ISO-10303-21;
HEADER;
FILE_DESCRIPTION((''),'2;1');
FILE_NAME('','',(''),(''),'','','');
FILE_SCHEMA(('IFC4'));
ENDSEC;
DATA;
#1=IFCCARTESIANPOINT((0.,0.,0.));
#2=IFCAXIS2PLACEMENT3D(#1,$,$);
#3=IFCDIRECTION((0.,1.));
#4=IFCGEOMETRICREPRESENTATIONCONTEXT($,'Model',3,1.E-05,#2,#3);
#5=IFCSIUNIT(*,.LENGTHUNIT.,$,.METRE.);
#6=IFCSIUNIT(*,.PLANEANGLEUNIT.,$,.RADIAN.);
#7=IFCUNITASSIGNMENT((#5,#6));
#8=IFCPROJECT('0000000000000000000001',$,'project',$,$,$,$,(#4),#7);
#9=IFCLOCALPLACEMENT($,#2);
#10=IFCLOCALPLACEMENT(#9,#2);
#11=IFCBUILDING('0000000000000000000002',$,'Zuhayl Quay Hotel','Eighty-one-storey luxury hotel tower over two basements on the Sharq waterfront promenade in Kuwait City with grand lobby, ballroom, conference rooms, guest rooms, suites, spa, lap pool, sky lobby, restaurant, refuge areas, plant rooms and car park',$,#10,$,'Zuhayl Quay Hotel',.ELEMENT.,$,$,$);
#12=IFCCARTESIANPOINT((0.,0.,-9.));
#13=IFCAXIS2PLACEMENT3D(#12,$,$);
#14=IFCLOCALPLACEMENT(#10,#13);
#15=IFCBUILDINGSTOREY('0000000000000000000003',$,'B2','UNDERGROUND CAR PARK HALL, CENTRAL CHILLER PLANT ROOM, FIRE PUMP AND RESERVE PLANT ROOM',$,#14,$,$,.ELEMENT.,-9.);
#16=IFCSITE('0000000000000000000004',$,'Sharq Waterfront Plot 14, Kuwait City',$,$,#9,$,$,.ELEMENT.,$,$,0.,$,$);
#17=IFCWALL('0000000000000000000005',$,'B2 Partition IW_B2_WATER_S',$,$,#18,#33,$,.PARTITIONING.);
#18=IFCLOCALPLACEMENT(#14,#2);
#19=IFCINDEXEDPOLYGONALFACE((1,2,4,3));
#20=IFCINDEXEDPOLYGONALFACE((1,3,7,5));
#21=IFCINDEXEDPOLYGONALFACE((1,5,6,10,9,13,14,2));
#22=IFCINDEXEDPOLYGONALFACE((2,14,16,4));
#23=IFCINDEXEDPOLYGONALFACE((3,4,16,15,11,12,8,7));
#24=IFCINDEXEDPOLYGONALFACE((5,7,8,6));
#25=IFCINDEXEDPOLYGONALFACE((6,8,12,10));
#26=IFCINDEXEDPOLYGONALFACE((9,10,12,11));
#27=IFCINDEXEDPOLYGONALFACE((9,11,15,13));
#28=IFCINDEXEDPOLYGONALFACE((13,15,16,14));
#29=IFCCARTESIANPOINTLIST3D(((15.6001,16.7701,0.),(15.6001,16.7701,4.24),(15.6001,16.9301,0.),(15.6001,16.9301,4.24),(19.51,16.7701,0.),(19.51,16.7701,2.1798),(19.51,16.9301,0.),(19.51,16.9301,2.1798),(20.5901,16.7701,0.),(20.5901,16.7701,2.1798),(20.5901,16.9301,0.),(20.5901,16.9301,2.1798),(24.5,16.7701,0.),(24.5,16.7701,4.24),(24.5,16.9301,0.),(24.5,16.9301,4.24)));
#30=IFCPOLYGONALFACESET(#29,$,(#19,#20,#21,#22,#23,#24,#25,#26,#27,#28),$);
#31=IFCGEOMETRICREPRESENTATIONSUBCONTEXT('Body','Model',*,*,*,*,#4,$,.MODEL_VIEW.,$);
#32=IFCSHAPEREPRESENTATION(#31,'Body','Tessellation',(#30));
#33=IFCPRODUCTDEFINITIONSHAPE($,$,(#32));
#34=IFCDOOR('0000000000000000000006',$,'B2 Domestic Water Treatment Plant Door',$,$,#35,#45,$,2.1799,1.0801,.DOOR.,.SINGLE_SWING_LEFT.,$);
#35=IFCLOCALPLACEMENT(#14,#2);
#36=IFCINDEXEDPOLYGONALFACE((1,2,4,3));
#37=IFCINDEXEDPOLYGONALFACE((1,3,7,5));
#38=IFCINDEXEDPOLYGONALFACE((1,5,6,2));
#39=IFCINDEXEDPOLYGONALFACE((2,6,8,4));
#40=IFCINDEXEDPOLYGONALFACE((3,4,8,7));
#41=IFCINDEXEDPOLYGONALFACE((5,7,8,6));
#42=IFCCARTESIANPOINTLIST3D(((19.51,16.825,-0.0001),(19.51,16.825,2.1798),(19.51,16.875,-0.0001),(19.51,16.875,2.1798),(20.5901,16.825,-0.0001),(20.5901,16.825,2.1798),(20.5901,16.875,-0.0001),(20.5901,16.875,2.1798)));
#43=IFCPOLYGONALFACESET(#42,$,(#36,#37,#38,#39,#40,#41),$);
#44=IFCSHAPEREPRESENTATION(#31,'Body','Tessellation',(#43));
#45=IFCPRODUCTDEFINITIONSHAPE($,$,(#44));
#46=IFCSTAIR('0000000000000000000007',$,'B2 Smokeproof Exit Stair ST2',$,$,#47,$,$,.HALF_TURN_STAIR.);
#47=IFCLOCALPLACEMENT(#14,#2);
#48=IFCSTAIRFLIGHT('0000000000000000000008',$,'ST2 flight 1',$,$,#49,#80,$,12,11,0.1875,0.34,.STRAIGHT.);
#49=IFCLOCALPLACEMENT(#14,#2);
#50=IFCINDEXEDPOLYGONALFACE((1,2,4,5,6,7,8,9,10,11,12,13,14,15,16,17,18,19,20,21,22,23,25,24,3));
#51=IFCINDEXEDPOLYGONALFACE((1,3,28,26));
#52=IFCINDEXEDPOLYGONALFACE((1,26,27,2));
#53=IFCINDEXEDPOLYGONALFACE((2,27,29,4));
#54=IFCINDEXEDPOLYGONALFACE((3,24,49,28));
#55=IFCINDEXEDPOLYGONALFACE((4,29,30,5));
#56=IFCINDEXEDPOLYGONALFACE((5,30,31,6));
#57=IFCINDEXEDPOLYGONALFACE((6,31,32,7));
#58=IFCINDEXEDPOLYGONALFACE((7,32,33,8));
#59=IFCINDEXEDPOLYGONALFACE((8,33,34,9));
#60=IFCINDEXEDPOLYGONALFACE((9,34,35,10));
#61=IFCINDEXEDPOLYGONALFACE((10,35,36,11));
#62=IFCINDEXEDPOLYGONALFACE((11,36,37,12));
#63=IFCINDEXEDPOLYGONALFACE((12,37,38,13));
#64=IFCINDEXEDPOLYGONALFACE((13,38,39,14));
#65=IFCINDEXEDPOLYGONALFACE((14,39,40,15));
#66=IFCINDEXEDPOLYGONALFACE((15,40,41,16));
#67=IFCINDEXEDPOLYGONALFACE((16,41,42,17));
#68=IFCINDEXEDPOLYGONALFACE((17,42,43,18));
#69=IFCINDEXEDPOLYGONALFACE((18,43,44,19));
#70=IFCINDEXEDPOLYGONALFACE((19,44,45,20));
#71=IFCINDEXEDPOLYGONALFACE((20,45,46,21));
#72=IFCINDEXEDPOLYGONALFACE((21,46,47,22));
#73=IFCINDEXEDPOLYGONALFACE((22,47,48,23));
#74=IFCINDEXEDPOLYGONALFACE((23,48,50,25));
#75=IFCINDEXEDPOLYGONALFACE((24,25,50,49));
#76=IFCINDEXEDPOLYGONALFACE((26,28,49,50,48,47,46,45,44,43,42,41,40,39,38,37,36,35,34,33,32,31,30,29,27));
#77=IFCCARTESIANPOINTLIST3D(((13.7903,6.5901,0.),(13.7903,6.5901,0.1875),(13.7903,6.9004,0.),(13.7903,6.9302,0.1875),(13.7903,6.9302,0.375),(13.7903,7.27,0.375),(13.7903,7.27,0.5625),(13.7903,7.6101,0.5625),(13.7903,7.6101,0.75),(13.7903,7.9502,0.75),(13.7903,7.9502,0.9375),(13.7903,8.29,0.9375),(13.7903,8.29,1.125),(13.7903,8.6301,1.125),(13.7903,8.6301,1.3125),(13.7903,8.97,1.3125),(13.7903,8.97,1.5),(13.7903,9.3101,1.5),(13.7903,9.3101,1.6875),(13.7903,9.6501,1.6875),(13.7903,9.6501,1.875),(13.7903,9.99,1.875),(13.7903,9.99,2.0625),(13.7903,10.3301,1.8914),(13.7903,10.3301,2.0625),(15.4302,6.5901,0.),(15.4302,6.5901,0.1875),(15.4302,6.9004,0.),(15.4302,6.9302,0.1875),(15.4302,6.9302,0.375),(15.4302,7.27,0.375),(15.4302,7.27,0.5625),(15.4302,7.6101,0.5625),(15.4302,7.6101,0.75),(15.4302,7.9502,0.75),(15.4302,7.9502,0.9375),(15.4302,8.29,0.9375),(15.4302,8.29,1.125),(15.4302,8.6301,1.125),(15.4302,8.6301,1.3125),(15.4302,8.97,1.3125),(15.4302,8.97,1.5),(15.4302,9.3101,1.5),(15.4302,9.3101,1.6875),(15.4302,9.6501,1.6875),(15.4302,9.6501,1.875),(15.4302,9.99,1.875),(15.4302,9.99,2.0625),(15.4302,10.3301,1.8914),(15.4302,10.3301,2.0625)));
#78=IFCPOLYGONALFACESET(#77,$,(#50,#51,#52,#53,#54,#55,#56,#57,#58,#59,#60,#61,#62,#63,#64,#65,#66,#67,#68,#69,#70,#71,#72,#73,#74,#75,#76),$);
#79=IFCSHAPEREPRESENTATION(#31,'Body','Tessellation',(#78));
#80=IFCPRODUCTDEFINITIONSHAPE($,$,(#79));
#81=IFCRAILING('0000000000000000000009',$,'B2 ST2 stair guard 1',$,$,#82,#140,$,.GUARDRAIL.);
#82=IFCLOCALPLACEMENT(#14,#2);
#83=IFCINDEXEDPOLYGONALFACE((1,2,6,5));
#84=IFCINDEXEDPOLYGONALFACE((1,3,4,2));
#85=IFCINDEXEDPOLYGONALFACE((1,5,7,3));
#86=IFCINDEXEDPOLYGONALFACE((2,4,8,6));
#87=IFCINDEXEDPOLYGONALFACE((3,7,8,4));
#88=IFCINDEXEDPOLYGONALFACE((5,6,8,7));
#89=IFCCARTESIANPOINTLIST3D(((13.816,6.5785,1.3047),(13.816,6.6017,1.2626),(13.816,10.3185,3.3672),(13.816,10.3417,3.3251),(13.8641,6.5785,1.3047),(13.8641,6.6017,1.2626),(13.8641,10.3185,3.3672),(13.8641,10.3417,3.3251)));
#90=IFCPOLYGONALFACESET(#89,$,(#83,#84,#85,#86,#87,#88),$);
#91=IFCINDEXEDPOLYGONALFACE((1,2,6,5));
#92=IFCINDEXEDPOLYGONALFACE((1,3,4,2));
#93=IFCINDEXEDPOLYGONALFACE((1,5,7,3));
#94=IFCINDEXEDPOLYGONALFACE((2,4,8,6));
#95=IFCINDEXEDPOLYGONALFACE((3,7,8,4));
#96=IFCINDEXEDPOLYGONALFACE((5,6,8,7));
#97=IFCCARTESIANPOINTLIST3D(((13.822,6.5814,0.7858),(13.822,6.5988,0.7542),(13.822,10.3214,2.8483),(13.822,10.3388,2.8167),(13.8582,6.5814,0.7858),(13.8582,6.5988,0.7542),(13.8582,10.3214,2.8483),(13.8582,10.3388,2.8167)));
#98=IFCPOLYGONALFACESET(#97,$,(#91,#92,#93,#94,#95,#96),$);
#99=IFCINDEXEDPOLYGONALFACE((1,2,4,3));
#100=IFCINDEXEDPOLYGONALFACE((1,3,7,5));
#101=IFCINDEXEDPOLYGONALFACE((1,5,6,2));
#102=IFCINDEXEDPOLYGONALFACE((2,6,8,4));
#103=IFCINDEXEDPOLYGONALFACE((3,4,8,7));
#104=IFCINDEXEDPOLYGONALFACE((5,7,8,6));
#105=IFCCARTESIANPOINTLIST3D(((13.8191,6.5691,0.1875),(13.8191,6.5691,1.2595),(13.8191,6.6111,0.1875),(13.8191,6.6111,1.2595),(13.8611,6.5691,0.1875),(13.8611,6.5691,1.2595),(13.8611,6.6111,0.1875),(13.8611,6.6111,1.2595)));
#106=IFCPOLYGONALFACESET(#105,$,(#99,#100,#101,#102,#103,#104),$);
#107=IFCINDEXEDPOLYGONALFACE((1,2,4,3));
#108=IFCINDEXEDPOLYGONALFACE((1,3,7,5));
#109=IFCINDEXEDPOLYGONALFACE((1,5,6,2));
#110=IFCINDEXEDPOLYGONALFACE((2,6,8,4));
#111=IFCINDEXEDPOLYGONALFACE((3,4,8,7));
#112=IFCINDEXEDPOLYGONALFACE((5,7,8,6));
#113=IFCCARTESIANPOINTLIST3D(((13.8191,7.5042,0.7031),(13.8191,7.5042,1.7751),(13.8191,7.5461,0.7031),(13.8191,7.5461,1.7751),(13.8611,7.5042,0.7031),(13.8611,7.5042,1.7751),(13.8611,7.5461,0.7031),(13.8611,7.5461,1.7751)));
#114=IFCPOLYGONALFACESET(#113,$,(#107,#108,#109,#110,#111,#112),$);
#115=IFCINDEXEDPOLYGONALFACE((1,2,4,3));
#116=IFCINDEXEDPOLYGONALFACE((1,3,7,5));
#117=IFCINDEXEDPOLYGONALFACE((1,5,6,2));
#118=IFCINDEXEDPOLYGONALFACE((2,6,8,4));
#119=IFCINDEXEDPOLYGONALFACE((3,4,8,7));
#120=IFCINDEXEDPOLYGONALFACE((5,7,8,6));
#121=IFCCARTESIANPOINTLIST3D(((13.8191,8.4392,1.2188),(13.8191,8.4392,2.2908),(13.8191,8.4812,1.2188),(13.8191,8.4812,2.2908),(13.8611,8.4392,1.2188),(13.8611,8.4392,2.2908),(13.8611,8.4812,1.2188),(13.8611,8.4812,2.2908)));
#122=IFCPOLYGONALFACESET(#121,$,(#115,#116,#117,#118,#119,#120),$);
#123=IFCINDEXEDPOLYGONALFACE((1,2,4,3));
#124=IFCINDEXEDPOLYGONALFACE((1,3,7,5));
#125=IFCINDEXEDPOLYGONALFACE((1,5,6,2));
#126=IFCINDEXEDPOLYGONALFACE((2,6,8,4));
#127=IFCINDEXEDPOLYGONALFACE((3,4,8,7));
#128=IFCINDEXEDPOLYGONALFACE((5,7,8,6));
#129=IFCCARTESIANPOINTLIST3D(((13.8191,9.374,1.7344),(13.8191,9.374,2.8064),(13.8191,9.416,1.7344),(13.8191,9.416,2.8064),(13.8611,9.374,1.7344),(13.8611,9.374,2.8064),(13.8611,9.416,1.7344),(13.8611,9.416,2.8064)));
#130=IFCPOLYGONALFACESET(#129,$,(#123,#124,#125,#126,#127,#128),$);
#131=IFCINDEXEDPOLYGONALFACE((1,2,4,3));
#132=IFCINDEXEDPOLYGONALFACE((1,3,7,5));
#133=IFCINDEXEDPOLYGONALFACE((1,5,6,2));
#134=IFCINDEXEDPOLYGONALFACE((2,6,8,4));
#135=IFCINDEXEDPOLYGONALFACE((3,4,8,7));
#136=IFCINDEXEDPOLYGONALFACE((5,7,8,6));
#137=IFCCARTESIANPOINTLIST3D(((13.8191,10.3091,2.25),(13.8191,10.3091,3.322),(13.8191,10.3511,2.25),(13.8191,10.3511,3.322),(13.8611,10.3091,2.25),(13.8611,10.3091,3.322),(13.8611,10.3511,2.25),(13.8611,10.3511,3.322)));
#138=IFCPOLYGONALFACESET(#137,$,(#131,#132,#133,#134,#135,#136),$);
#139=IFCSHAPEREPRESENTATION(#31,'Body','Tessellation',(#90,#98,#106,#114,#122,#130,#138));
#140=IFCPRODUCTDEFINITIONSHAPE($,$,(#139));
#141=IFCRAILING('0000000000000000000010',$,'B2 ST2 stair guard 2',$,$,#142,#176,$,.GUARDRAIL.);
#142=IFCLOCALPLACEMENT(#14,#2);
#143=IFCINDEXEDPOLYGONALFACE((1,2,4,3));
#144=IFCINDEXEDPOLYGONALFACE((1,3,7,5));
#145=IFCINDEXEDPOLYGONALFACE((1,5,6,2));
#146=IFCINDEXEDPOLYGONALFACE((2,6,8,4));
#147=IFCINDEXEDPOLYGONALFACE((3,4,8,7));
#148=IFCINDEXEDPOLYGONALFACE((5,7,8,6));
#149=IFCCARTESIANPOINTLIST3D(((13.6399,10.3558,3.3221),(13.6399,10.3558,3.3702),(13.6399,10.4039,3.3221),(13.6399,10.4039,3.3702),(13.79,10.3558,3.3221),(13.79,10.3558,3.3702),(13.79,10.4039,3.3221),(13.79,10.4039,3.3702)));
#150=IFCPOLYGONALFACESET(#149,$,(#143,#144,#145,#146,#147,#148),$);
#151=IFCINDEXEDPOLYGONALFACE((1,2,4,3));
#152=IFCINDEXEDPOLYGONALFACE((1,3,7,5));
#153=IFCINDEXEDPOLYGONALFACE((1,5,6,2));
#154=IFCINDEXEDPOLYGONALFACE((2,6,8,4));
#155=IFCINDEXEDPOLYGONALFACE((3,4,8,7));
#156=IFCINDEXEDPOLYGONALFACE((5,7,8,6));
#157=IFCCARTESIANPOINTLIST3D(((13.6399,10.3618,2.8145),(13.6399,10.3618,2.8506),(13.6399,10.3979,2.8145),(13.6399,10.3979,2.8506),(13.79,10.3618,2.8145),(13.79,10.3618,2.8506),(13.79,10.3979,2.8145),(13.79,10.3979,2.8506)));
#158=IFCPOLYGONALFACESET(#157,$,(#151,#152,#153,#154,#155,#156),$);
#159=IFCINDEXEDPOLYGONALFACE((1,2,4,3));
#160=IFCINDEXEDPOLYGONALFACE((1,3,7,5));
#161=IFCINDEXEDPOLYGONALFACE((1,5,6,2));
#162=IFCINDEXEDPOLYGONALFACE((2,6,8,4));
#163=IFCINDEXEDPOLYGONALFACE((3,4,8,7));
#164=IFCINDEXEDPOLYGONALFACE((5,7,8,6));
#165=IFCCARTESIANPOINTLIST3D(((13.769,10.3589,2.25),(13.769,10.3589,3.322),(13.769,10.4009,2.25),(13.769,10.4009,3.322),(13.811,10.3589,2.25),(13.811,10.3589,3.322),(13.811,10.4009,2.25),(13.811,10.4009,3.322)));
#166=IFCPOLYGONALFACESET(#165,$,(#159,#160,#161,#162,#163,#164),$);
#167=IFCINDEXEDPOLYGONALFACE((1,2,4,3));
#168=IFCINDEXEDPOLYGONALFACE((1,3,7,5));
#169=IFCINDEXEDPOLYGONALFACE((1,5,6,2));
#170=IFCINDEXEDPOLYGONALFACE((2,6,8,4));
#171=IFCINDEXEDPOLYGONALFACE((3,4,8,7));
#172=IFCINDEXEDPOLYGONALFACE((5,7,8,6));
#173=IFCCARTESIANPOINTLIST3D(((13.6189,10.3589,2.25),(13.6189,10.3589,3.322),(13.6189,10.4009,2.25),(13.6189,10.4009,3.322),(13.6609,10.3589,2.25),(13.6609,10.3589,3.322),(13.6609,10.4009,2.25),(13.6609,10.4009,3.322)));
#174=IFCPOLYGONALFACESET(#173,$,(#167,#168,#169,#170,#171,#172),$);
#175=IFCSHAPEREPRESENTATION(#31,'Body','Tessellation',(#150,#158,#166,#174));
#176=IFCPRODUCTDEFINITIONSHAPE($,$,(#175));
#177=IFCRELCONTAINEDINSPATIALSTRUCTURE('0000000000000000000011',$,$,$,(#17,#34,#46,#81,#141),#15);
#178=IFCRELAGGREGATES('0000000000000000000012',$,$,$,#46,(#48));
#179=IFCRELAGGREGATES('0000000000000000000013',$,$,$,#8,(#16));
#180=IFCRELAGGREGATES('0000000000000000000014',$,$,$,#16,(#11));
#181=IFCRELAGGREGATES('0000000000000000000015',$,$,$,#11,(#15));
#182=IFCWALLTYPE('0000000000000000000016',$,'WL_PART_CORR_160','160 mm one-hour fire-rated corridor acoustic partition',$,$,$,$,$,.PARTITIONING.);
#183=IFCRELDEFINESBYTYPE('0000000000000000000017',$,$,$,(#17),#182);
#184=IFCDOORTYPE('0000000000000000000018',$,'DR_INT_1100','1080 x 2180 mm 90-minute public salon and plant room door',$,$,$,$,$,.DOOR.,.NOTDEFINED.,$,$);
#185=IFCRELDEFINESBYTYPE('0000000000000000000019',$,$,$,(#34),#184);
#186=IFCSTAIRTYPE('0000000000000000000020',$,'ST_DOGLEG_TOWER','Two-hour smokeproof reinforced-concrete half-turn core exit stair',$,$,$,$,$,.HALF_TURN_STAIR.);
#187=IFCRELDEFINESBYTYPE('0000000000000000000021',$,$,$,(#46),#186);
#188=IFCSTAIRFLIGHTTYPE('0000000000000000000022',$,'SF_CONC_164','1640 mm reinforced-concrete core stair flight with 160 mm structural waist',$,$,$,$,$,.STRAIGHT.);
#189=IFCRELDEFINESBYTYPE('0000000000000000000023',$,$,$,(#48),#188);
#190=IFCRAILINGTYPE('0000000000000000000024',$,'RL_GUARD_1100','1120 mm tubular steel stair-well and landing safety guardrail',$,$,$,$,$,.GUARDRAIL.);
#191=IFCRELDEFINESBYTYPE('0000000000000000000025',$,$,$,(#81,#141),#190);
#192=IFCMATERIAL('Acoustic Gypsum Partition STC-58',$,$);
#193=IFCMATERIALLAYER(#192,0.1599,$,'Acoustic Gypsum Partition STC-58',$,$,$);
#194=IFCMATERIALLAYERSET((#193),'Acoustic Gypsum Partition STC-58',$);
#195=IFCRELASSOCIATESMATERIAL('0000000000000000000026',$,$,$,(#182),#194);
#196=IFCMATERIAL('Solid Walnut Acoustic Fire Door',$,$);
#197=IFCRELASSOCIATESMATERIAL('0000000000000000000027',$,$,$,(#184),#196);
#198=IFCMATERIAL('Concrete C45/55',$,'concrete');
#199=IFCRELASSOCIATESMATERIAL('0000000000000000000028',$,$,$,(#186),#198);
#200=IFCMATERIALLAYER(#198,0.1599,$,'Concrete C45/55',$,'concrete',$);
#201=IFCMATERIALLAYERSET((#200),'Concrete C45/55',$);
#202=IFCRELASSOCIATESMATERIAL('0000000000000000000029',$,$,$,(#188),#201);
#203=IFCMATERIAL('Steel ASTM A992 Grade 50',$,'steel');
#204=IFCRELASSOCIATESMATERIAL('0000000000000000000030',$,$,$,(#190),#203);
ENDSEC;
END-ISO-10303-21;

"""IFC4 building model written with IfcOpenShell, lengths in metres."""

from ifc_helpers import new_model, si_unit, direction, frame, frame_2d, origin, origin_2d, place, context, subcontext, project, spatial, polyline, rectangle, outline, extrude, material, layer, layer_set, type_object, element, fill, aggregate, save


model = new_model("IFC4")

# Units and contexts
model_context = context("Model", 3, precision=1e-05, world=origin(), true_north=direction((0.0, 1.0)))
body_context = subcontext(model_context, "Body", "Model", "MODEL_VIEW")
ifc_project = project(units=[si_unit("LENGTHUNIT", "METRE"), si_unit("PLANEANGLEUNIT", "RADIAN")], contexts=[model_context])

# Site, building, storey
site_placement = place(None, origin())
site = spatial("IfcSite", under=ifc_project, at=site_placement, Name="Sharq Waterfront Plot 14, Kuwait City", CompositionType="ELEMENT", RefElevation=0.0)
building_placement = place(site_placement, origin())
building = spatial("IfcBuilding", under=site, at=building_placement, Name="Zuhayl Quay Hotel", Description="Eighty-one-storey luxury hotel tower over two basements on the Sharq waterfront promenade in Kuwait City with grand lobby, ballroom, conference rooms, guest rooms, suites, spa, lap pool, sky lobby, restaurant, refuge areas, plant rooms and car park", LongName="Zuhayl Quay Hotel", CompositionType="ELEMENT")
storey_placement = place(building_placement, frame((0.0, 0.0, -9.0)))
storey = spatial("IfcBuildingStorey", under=building, at=storey_placement, Name="B2", Description="UNDERGROUND CAR PARK HALL, CENTRAL CHILLER PLANT ROOM, FIRE PUMP AND RESERVE PLANT ROOM", CompositionType="ELEMENT", Elevation=-9.0)

# Shared definitions
ifc_material_1 = material(Name="Acoustic Gypsum Partition STC-58")

# Wall, opening, door
ifc_layer_1 = layer(ifc_material_1, 0.1599, Name="Acoustic Gypsum Partition STC-58")
ifc_layer_set_1 = layer_set([ifc_layer_1], Name="Acoustic Gypsum Partition STC-58")
wall_type_1 = type_object("IfcWallType", Name="WL_PART_CORR_160", Description="160 mm one-hour fire-rated corridor acoustic partition", PredefinedType="PARTITIONING", material=ifc_layer_set_1)
wall_1_placement = place(storey_placement, frame((15.6001, 16.8501, 0.0), z_axis=(0.0, 0.0, 1.0), x_axis=(1.0, 0.0, 0.0)))
wall_1 = element("IfcWall", 1, at=wall_1_placement, inside=storey, type_object=wall_type_1, Name="B2 Partition IW_B2_WATER_S", PredefinedType="PARTITIONING", context=body_context, shape_type="SweptSolid", body=[
    extrude(rectangle(XDim=8.8999, YDim=0.1599, at=frame_2d((4.45, 0.0))), origin(), (0.0, 0.0, 1.0), 4.24),
])
opening_placement = place(wall_1_placement, frame((3.9099, 0.0, 0.0)))
opening = element("IfcOpeningElement", 2, at=opening_placement, cuts=wall_1, PredefinedType="OPENING", context=body_context, shape_type="SweptSolid", body=[
    extrude(rectangle(XDim=1.0801, YDim=2.1799, at=frame_2d((0.54, 1.0898))), frame((0.0, 0.0898, 0.0), z_axis=(0.0, -1.0, 0.0), x_axis=(1.0, 0.0, 0.0)), (0.0, 0.0, 1.0), 0.1799),
])
ifc_material_2 = material(Name="Solid Walnut Acoustic Fire Door")
door_type = type_object("IfcDoorType", Name="DR_INT_1100", Description="1080 x 2180 mm 90-minute public salon and plant room door", OperationType="NOTDEFINED", PredefinedType="DOOR", material=ifc_material_2)
door_placement = place(opening_placement, origin())
door = element("IfcDoor", 3, at=door_placement, inside=storey, type_object=door_type, Name="B2 Domestic Water Treatment Plant Door", OperationType="SINGLE_SWING_LEFT", OverallHeight=2.1799, OverallWidth=1.0801, PredefinedType="DOOR", context=body_context, shape_type="SweptSolid", body=[
    extrude(rectangle(XDim=1.0801, YDim=2.1799, at=frame_2d((0.54, 1.0898))), frame((0.0, 0.0249, 0.0), z_axis=(0.0, -1.0, 0.0), x_axis=(1.0, 0.0, 0.0)), (0.0, 0.0, 1.0), 0.05),
])
fill(opening, door)

# Stair, stair flight
ifc_material_3 = material(Name="Concrete C45/55", Category="concrete")
stair_type = type_object("IfcStairType", Name="ST_DOGLEG_TOWER", Description="Two-hour smokeproof reinforced-concrete half-turn core exit stair", PredefinedType="HALF_TURN_STAIR", material=ifc_material_3)
stair_placement = place(storey_placement, origin())
stair = element("IfcStair", 4, at=stair_placement, inside=storey, type_object=stair_type, Name="B2 Smokeproof Exit Stair ST2", PredefinedType="HALF_TURN_STAIR")
ifc_layer_2 = layer(ifc_material_3, 0.1599, Name="Concrete C45/55", Category="concrete")
ifc_layer_set_2 = layer_set([ifc_layer_2], Name="Concrete C45/55")
stair_flight_type = type_object("IfcStairFlightType", Name="SF_CONC_164", Description="1640 mm reinforced-concrete core stair flight with 160 mm structural waist", PredefinedType="STRAIGHT", material=ifc_layer_set_2)
stair_flight_placement = place(storey_placement, frame((14.6101, 6.5901, 0.0), z_axis=(0.0, 0.0, 1.0), x_axis=(0.0, 1.0, 0.0)))
stair_flight = element("IfcStairFlight", 5, at=stair_flight_placement, type_object=stair_flight_type, Name="ST2 flight 1", NumberOfRisers=12, NumberOfTreads=11, PredefinedType="STRAIGHT", RiserHeight=0.1875, TreadLength=0.34, context=body_context, shape_type="SweptSolid", body=[
    extrude(outline(polyline([(0.0, 0.0), (0.0, 0.1875), (0.3401, 0.1875), (0.3401, 0.375), (0.6799, 0.375), (0.6799, 0.5625), (1.02, 0.5625), (1.02, 0.75), (1.3601, 0.75), (1.3601, 0.9375), (1.7, 0.9375), (1.7, 1.125), (2.04, 1.125), (2.04, 1.3125), (2.3799, 1.3125), (2.3799, 1.5), (2.72, 1.5), (2.72, 1.6875), (3.0601, 1.6875), (3.0601, 1.875), (3.3999, 1.875), (3.3999, 2.0625), (3.74, 2.0625), (3.74, 2.25), (3.74, 1.8914), (0.3103, 0.0), (0.0, 0.0)])), frame((0.0, 0.8198, 0.0), z_axis=(0.0, -1.0, 0.0), x_axis=(1.0, 0.0, 0.0)), (0.0, 0.0, 1.0), 1.6399),
])
aggregate(stair, [stair_flight])

# Railings
ifc_material_4 = material(Name="Steel ASTM A992 Grade 50", Category="steel")
railing_type_1 = type_object("IfcRailingType", Name="RL_GUARD_1100", Description="1120 mm tubular steel stair-well and landing safety guardrail", PredefinedType="GUARDRAIL", material=ifc_material_4)
railing_1_placement = place(storey_placement, frame((13.8401, 6.5901, 0.1875)))
element("IfcRailing", 6, at=railing_1_placement, inside=storey, type_object=railing_type_1, Name="B2 ST2 stair guard 1", PredefinedType="GUARDRAIL", context=body_context, shape_type="SweptSolid", body=[
    extrude(rectangle(XDim=0.0481, YDim=0.0481, at=origin_2d()), frame((0.0, 0.0, 1.0962), z_axis=(0.0, 0.875671, 0.482908), x_axis=(-1.0, 0.0, 0.0)), (0.0, 0.0, 1.0), 4.271),
    extrude(rectangle(XDim=0.0361, YDim=0.0361, at=origin_2d()), frame((0.0, 0.0, 0.5825), z_axis=(0.0, 0.875671, 0.482908), x_axis=(-1.0, 0.0, 0.0)), (0.0, 0.0, 1.0), 4.271),
    extrude(rectangle(XDim=0.042, YDim=0.042, at=origin_2d()), origin(), (0.0, 0.0, 1.0), 1.072),
    extrude(rectangle(XDim=0.042, YDim=0.042, at=origin_2d()), frame((0.0, 0.9351, 0.5156)), (0.0, 0.0, 1.0), 1.072),
    extrude(rectangle(XDim=0.042, YDim=0.042, at=origin_2d()), frame((0.0, 1.8701, 1.0312)), (0.0, 0.0, 1.0), 1.072),
    extrude(rectangle(XDim=0.042, YDim=0.042, at=origin_2d()), frame((0.0, 2.8049, 1.5469)), (0.0, 0.0, 1.0), 1.072),
    extrude(rectangle(XDim=0.042, YDim=0.042, at=origin_2d()), frame((0.0, 3.74, 2.0625)), (0.0, 0.0, 1.0), 1.072),
])
railing_2_placement = place(storey_placement, frame((13.79, 10.3799, 2.25)))
element("IfcRailing", 7, at=railing_2_placement, inside=storey, type_object=railing_type_1, Name="B2 ST2 stair guard 2", PredefinedType="GUARDRAIL", context=body_context, shape_type="SweptSolid", body=[
    extrude(rectangle(XDim=0.0481, YDim=0.0481, at=origin_2d()), frame((0.0, 0.0, 1.0962), z_axis=(-1.0, 0.0, 0.0), x_axis=(0.0, -1.0, 0.0)), (0.0, 0.0, 1.0), 0.1501),
    extrude(rectangle(XDim=0.0361, YDim=0.0361, at=origin_2d()), frame((0.0, 0.0, 0.5825), z_axis=(-1.0, 0.0, 0.0), x_axis=(0.0, -1.0, 0.0)), (0.0, 0.0, 1.0), 0.1501),
    extrude(rectangle(XDim=0.042, YDim=0.042, at=origin_2d()), origin(), (0.0, 0.0, 1.0), 1.072),
    extrude(rectangle(XDim=0.042, YDim=0.042, at=origin_2d()), frame((-0.1501, 0.0, 0.0)), (0.0, 0.0, 1.0), 1.072),
])

save(model, "model.ifc")
